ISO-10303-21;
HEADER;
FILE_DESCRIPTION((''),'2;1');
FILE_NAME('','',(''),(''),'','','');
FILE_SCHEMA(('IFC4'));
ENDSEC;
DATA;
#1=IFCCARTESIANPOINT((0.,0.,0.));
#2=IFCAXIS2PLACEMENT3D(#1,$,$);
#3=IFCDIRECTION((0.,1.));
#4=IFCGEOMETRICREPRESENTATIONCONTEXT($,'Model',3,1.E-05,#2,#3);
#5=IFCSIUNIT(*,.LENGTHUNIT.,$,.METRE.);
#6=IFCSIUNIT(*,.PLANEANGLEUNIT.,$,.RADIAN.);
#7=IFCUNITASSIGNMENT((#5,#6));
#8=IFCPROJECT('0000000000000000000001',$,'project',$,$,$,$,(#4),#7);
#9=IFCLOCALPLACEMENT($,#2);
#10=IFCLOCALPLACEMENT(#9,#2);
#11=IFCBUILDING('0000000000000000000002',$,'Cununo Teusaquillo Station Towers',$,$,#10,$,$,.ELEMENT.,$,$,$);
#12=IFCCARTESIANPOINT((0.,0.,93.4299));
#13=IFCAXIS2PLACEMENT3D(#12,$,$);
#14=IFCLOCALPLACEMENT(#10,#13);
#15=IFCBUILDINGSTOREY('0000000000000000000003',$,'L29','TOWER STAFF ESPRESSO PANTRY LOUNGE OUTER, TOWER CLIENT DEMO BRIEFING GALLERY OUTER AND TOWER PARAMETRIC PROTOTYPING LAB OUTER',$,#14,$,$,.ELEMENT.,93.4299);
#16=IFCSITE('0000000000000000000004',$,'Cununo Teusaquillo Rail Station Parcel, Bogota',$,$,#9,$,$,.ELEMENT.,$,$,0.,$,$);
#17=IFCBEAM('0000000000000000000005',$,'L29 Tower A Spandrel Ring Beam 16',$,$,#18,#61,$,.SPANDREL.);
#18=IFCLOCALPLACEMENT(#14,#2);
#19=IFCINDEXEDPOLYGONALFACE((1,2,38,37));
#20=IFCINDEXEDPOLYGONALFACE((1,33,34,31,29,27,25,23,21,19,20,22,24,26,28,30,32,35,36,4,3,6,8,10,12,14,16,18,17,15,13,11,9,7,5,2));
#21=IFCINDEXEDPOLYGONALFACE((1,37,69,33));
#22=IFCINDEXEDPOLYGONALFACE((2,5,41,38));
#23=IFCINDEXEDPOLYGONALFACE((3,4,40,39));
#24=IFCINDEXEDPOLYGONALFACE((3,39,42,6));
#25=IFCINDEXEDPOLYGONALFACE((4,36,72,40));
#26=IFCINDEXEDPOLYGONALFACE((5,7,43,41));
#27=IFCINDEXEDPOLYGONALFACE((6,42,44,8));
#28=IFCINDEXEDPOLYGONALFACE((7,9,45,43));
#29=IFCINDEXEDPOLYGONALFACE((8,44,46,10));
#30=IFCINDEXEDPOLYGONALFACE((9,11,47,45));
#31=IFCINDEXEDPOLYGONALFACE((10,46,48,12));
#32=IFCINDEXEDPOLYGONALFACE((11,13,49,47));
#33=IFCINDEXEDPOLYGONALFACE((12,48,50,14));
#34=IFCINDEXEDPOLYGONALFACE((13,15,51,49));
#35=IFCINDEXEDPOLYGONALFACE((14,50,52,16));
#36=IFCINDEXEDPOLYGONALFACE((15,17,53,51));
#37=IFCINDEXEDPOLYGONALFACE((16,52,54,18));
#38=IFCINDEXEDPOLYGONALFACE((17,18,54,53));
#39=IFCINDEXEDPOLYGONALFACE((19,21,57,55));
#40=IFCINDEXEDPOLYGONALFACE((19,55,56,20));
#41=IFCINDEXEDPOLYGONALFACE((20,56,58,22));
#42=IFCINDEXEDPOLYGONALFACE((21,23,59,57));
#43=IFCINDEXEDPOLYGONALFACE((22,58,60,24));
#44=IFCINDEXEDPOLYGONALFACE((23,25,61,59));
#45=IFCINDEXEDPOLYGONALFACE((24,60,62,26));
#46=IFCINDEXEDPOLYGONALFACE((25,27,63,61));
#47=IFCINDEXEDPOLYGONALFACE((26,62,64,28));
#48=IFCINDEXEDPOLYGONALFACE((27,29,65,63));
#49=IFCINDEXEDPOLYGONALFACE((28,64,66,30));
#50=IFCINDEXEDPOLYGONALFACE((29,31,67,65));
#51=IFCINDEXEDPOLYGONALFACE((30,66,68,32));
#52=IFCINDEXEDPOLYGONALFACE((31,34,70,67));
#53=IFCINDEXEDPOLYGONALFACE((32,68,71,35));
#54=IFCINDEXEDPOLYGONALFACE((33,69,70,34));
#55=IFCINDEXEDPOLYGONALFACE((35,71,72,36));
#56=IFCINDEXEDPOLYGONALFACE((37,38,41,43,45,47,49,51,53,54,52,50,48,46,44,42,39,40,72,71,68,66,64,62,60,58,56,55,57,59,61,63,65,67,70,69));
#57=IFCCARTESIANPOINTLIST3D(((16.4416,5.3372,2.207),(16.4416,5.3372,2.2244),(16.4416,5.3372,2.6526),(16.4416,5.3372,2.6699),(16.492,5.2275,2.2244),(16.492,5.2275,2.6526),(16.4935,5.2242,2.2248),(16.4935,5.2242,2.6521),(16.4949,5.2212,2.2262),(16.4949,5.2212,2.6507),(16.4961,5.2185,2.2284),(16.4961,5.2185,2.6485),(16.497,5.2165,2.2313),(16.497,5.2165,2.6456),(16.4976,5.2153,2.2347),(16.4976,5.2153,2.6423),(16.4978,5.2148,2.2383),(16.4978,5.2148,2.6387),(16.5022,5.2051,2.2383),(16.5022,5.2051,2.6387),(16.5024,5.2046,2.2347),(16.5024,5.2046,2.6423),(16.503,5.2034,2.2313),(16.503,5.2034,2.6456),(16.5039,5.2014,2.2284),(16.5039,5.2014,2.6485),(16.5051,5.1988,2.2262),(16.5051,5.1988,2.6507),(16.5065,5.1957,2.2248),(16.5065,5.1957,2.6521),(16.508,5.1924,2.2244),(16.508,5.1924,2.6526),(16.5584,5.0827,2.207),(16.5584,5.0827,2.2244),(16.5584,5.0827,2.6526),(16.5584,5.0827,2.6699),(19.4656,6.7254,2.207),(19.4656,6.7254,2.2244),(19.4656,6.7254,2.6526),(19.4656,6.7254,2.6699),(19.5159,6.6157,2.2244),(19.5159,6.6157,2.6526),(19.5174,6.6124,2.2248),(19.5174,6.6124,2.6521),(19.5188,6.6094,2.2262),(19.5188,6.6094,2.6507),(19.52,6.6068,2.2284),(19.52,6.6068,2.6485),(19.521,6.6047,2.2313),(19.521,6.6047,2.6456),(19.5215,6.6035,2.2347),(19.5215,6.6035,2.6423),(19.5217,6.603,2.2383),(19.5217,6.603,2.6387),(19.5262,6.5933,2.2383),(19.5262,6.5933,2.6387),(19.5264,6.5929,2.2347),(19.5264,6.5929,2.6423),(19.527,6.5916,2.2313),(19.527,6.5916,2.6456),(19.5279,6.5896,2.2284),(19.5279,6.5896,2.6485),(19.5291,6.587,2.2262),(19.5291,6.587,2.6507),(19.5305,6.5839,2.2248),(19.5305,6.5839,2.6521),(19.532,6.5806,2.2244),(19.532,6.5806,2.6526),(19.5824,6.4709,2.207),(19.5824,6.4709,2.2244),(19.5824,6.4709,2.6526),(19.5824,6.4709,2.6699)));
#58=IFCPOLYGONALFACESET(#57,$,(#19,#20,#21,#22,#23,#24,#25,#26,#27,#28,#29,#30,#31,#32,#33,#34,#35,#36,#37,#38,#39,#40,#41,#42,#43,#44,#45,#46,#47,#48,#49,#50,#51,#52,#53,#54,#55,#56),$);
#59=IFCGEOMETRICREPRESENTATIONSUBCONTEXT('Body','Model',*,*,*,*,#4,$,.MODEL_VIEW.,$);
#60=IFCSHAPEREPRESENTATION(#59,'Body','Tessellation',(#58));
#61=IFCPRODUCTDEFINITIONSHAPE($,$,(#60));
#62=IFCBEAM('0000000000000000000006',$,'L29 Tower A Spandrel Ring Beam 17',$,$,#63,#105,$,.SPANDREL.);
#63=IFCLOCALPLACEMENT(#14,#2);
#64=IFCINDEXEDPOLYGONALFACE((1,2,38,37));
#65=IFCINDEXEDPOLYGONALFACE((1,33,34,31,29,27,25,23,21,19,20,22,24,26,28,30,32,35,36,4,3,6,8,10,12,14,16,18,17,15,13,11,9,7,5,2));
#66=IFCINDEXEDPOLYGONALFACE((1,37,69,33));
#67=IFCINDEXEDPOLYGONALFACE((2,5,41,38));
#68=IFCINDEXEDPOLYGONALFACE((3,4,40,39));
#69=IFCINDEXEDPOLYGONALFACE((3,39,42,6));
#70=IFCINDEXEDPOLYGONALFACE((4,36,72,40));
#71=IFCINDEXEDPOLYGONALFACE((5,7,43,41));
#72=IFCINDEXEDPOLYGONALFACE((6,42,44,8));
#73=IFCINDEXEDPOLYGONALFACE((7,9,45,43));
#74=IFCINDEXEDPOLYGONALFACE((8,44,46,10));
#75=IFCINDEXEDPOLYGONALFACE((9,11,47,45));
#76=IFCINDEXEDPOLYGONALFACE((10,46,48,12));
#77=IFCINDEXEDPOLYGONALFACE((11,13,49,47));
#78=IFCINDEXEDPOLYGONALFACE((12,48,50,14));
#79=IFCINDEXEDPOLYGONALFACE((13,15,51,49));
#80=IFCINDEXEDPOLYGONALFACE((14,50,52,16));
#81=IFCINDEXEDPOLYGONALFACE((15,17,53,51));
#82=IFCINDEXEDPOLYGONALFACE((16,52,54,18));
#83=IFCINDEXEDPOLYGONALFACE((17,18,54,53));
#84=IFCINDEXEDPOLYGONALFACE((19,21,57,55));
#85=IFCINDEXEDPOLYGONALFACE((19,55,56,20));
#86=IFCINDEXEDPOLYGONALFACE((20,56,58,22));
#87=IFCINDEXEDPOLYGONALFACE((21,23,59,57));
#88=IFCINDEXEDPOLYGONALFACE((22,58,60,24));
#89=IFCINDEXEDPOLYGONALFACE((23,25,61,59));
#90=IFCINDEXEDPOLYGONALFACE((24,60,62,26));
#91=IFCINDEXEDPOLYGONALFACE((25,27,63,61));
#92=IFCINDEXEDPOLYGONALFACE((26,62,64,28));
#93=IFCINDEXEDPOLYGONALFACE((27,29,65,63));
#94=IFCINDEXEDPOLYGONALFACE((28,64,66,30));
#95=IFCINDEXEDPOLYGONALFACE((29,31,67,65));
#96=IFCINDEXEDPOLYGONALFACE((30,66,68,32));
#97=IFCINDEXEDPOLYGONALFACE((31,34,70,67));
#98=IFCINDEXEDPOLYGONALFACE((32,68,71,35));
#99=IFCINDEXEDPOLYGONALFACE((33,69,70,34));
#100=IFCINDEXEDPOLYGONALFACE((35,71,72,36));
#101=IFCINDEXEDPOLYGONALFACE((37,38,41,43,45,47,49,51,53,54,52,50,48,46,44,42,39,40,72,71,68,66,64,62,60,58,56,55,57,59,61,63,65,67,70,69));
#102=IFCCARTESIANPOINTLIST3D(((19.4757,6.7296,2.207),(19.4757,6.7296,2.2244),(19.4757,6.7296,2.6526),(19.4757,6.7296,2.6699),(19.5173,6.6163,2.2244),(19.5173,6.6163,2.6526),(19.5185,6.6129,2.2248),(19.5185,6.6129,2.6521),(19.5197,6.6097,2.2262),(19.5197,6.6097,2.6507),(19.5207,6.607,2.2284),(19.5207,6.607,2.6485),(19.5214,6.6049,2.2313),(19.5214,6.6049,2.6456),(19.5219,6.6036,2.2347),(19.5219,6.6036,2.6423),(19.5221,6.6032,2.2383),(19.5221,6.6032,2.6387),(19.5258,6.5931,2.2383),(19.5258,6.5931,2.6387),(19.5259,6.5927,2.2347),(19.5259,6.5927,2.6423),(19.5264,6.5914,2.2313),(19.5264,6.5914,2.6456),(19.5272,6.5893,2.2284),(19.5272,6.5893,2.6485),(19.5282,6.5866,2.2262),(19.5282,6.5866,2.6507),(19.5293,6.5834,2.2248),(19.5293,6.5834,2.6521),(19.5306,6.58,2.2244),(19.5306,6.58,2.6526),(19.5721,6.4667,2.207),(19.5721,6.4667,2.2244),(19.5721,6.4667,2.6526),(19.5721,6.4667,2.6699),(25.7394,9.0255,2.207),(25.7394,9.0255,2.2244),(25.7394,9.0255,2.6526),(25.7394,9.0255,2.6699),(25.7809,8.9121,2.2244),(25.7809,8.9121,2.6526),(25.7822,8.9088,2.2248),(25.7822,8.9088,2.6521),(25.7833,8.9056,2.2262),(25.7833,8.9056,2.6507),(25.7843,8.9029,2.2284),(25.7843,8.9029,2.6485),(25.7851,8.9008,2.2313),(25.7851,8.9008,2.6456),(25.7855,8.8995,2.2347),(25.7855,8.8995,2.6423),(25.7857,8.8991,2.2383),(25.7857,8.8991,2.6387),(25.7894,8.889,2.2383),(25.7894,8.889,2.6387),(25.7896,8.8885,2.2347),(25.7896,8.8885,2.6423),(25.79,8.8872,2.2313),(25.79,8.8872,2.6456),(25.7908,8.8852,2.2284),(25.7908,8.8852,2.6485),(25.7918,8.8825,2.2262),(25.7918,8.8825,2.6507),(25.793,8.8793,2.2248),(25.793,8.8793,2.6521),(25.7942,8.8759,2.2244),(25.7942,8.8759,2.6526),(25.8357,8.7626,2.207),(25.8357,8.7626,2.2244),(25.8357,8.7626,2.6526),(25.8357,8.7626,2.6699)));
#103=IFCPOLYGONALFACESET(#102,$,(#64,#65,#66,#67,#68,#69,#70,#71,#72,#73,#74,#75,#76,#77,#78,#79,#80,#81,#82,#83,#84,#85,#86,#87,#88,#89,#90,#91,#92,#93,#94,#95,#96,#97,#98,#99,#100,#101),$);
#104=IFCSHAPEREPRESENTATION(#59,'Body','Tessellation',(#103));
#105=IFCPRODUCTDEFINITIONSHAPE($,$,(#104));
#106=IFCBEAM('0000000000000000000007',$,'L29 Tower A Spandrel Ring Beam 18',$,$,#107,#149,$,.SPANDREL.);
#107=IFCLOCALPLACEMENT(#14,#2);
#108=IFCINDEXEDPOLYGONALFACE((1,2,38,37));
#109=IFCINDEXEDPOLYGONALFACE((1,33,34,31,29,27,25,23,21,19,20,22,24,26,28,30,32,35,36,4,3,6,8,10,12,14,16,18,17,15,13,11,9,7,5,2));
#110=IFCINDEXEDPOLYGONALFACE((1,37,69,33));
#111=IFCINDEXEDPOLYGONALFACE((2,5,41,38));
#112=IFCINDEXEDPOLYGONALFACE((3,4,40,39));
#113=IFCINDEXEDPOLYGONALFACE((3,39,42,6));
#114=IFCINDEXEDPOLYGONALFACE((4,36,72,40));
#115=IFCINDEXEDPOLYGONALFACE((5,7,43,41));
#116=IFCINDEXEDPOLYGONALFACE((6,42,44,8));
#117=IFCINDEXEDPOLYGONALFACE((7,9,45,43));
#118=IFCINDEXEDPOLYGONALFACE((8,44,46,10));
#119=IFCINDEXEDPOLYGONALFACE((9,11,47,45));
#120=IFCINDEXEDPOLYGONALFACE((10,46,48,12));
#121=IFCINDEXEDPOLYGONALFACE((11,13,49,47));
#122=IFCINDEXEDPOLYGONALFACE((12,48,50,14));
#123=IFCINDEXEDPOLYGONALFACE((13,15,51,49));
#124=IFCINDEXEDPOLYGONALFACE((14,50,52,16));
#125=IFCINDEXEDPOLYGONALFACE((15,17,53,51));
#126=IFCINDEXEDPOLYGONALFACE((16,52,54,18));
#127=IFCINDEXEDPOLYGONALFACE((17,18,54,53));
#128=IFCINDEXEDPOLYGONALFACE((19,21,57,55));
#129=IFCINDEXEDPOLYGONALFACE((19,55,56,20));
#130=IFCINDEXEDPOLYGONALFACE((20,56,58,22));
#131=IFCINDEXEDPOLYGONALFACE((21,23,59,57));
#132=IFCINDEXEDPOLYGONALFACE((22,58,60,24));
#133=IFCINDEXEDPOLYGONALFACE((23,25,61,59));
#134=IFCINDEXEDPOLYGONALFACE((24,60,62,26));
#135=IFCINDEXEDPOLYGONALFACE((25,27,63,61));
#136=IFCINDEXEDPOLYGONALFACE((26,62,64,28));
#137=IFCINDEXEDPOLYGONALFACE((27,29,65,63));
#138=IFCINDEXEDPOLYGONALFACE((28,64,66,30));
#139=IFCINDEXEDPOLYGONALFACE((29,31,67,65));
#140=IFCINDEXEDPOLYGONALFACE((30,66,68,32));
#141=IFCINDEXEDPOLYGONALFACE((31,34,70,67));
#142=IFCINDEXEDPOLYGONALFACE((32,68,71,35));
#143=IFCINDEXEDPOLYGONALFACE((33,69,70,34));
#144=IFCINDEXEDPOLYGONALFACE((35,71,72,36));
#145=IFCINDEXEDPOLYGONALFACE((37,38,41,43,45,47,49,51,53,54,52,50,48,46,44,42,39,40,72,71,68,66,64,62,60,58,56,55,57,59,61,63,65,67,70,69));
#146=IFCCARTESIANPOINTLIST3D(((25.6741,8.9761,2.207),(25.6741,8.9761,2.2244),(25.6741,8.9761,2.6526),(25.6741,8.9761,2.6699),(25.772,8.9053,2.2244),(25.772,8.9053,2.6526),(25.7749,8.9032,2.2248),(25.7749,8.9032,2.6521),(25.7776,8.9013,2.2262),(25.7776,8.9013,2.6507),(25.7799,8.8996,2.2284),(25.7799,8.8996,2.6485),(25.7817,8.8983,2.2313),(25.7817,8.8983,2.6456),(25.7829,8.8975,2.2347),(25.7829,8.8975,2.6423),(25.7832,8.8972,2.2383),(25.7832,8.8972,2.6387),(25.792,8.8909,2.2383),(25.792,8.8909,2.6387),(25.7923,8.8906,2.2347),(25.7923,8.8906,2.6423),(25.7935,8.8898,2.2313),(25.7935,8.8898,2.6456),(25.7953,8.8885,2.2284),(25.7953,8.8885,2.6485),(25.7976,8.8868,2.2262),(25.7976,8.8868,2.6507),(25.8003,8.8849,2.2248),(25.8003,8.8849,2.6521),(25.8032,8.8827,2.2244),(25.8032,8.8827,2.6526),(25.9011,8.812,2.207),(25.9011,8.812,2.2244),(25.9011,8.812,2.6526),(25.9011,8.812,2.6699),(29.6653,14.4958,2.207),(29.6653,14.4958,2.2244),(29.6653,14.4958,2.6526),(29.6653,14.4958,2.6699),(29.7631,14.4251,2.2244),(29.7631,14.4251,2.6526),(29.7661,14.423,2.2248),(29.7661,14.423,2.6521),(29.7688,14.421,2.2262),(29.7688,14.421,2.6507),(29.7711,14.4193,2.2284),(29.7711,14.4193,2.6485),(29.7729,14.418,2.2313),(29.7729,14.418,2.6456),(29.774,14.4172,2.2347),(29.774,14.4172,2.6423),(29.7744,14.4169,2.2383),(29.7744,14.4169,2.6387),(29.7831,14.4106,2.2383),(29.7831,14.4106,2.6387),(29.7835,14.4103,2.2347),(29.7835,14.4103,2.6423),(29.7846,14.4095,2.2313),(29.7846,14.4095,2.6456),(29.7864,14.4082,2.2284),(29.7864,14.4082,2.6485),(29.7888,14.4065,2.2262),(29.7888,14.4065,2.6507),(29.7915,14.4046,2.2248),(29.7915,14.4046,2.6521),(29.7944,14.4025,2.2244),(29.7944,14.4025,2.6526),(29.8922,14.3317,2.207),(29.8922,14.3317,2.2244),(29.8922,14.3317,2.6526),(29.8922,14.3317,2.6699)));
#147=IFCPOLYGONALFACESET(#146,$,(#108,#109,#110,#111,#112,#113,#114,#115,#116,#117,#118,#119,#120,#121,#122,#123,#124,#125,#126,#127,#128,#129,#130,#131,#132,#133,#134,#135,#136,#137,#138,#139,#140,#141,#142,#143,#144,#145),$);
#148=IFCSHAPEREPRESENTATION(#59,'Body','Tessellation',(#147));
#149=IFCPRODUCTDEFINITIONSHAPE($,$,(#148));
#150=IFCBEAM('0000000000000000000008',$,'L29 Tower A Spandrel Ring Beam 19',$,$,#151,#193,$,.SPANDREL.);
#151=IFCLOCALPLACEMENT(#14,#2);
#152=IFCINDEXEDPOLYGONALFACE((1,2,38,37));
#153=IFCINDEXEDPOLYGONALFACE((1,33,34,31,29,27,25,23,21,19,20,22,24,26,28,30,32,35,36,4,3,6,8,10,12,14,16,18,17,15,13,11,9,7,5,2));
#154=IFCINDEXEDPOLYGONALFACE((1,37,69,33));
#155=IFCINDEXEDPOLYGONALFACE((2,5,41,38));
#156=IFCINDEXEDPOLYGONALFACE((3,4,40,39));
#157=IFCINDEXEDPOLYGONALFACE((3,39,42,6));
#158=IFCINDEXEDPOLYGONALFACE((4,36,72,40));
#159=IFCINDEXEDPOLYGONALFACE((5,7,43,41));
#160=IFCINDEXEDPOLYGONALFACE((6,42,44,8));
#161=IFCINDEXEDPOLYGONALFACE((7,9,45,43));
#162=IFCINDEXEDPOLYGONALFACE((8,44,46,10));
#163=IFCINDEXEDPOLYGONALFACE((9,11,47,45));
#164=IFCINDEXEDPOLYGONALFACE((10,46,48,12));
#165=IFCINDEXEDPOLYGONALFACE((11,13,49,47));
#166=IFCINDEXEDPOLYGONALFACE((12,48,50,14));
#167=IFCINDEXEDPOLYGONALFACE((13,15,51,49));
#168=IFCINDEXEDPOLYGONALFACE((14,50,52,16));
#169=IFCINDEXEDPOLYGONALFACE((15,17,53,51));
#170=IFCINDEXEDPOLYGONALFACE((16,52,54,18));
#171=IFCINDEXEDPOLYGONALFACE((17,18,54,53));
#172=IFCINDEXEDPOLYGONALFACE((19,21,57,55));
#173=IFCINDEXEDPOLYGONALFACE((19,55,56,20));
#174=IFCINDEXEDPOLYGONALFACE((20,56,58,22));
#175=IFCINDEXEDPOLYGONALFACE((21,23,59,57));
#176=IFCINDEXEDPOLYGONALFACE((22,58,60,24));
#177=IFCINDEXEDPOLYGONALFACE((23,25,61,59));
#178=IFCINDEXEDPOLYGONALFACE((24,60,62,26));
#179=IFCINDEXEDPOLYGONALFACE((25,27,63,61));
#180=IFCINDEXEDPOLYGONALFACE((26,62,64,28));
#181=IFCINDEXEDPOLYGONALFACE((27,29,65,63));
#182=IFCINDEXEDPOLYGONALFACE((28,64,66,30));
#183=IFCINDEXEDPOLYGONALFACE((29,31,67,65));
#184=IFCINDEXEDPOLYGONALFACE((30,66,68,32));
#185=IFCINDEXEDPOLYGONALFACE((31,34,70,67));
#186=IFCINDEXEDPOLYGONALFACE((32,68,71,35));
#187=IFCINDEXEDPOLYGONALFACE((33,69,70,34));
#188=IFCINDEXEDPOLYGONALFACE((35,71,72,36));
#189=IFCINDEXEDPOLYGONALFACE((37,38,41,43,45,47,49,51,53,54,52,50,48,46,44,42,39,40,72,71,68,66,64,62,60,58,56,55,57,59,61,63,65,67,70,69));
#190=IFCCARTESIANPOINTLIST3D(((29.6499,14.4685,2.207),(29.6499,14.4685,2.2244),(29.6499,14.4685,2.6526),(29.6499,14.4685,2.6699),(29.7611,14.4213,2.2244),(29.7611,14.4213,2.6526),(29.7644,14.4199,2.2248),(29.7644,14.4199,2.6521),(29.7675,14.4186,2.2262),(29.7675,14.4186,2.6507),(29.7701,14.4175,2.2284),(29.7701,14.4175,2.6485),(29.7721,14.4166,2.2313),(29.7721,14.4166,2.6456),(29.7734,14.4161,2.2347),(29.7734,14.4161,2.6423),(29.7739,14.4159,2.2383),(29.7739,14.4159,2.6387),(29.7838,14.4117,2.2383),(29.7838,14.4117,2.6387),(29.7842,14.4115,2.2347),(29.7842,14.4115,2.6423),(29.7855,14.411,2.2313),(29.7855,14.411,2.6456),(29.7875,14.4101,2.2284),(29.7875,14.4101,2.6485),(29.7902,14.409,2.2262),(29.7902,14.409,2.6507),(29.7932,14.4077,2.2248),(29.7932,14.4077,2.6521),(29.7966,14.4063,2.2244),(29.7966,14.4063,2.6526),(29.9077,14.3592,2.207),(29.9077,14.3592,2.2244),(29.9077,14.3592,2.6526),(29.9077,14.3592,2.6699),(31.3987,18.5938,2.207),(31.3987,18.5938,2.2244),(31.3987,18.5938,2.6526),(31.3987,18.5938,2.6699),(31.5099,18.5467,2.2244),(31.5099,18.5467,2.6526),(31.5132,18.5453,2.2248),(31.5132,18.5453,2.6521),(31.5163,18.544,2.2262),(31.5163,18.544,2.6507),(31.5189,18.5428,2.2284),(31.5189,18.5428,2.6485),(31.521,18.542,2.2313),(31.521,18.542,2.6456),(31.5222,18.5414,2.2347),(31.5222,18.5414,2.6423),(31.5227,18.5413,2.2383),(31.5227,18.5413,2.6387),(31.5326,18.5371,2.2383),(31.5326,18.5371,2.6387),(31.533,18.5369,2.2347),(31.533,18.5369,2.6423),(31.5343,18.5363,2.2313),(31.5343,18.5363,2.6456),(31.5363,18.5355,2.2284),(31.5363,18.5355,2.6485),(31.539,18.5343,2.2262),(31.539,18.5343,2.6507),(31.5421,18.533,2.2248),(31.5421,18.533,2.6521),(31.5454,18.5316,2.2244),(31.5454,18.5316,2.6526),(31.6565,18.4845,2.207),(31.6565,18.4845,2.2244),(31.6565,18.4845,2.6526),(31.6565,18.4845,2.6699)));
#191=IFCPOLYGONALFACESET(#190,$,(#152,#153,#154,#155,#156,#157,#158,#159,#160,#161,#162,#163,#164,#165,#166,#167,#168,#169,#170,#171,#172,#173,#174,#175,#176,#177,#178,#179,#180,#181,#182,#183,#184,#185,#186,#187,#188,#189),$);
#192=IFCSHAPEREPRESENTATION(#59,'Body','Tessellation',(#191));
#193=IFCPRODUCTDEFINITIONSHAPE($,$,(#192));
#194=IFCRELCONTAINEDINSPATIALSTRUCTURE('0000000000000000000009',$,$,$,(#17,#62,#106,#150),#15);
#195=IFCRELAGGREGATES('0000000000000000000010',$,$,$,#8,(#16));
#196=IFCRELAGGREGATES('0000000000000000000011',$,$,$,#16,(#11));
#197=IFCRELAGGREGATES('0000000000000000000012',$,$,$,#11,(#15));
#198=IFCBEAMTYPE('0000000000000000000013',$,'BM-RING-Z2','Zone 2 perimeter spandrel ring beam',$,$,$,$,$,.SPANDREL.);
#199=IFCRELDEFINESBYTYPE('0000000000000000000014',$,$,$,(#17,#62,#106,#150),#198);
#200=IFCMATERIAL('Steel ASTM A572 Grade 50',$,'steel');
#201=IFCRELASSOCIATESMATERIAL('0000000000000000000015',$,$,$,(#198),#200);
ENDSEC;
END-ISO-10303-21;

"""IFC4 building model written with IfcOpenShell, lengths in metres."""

from ifc_helpers import new_model, si_unit, direction, frame, origin, origin_2d, place, context, subcontext, project, spatial, i_section, extrude, material, material_profile, profile_set, type_object, element, save


model = new_model("IFC4")

# Units and contexts
model_context = context("Model", 3, precision=1e-05, world=origin(), true_north=direction((0.0, 1.0)))
body_context = subcontext(model_context, "Body", "Model", "MODEL_VIEW")
ifc_project = project(units=[si_unit("LENGTHUNIT", "METRE"), si_unit("PLANEANGLEUNIT", "RADIAN")], contexts=[model_context])

# Site, building, storey
site_placement = place(None, origin())
site = spatial("IfcSite", under=ifc_project, at=site_placement, Name="Cununo Teusaquillo Rail Station Parcel, Bogota", CompositionType="ELEMENT", RefElevation=0.0)
building_placement = place(site_placement, origin())
building = spatial("IfcBuilding", under=site, at=building_placement, Name="Cununo Teusaquillo Station Towers", CompositionType="ELEMENT")
storey_placement = place(building_placement, frame((0.0, 0.0, 93.4299)))
storey = spatial("IfcBuildingStorey", under=building, at=storey_placement, Name="L29", Description="TOWER STAFF ESPRESSO PANTRY LOUNGE OUTER, TOWER CLIENT DEMO BRIEFING GALLERY OUTER AND TOWER PARAMETRIC PROTOTYPING LAB OUTER", CompositionType="ELEMENT", Elevation=93.4299)

# Beams
ifc_material_1 = material(Name="Steel ASTM A572 Grade 50", Category="steel")
ifc_material_profile_1 = material_profile(ifc_material_1, i_section(OverallWidth=0.28, OverallDepth=0.4629, WebThickness=0.0107, FlangeThickness=0.0173, FilletRadius=0.0139, at=origin_2d()), Name="W18X76")
ifc_profile_set_1 = profile_set([ifc_material_profile_1], Name="Steel ASTM A572 Grade 50")
beam_type_1 = type_object("IfcBeamType", Name="BM-RING-Z2", Description="Zone 2 perimeter spandrel ring beam", PredefinedType="SPANDREL", material=ifc_profile_set_1)
beam_1_placement = place(storey_placement, frame((16.5, 5.21, 2.4385), z_axis=(0.908812, 0.417205, 0.0), x_axis=(-0.417205, 0.908812, 0.0)))
element("IfcBeam", 1, at=beam_1_placement, inside=storey, type_object=beam_type_1, Name="L29 Tower A Spandrel Ring Beam 16", PredefinedType="SPANDREL", context=body_context, shape_type="SweptSolid", body=[
    extrude(i_section(OverallWidth=0.28, OverallDepth=0.4629, WebThickness=0.0107, FlangeThickness=0.0173, FilletRadius=0.0139, at=origin_2d()), origin(), (0.0, 0.0, 1.0), 3.3274),
])
beam_2_placement = place(storey_placement, frame((19.5239, 6.5981, 2.4385), z_axis=(0.938914, 0.344151, 0.0), x_axis=(-0.344151, 0.938914, 0.0)))
element("IfcBeam", 2, at=beam_2_placement, inside=storey, type_object=beam_type_1, Name="L29 Tower A Spandrel Ring Beam 17", PredefinedType="SPANDREL", context=body_context, shape_type="SweptSolid", body=[
    extrude(i_section(OverallWidth=0.28, OverallDepth=0.4629, WebThickness=0.0107, FlangeThickness=0.0173, FilletRadius=0.0139, at=origin_2d()), origin(), (0.0, 0.0, 1.0), 6.6711),
])
beam_3_placement = place(storey_placement, frame((25.7876, 8.894, 2.4385), z_axis=(0.585945, 0.810351, 0.0), x_axis=(-0.810351, 0.585945, 0.0)))
element("IfcBeam", 3, at=beam_3_placement, inside=storey, type_object=beam_type_1, Name="L29 Tower A Spandrel Ring Beam 18", PredefinedType="SPANDREL", context=body_context, shape_type="SweptSolid", body=[
    extrude(i_section(OverallWidth=0.28, OverallDepth=0.4629, WebThickness=0.0107, FlangeThickness=0.0173, FilletRadius=0.0139, at=origin_2d()), origin(), (0.0, 0.0, 1.0), 6.8115),
])
beam_4_placement = place(storey_placement, frame((29.7788, 14.4138, 2.4385), z_axis=(0.390299, 0.920688, 0.0), x_axis=(-0.920688, 0.390299, 0.0)))
element("IfcBeam", 4, at=beam_4_placement, inside=storey, type_object=beam_type_1, Name="L29 Tower A Spandrel Ring Beam 19", PredefinedType="SPANDREL", context=body_context, shape_type="SweptSolid", body=[
    extrude(i_section(OverallWidth=0.28, OverallDepth=0.4629, WebThickness=0.0107, FlangeThickness=0.0173, FilletRadius=0.0139, at=origin_2d()), origin(), (0.0, 0.0, 1.0), 4.4807),
])

save(model, "model.ifc")
